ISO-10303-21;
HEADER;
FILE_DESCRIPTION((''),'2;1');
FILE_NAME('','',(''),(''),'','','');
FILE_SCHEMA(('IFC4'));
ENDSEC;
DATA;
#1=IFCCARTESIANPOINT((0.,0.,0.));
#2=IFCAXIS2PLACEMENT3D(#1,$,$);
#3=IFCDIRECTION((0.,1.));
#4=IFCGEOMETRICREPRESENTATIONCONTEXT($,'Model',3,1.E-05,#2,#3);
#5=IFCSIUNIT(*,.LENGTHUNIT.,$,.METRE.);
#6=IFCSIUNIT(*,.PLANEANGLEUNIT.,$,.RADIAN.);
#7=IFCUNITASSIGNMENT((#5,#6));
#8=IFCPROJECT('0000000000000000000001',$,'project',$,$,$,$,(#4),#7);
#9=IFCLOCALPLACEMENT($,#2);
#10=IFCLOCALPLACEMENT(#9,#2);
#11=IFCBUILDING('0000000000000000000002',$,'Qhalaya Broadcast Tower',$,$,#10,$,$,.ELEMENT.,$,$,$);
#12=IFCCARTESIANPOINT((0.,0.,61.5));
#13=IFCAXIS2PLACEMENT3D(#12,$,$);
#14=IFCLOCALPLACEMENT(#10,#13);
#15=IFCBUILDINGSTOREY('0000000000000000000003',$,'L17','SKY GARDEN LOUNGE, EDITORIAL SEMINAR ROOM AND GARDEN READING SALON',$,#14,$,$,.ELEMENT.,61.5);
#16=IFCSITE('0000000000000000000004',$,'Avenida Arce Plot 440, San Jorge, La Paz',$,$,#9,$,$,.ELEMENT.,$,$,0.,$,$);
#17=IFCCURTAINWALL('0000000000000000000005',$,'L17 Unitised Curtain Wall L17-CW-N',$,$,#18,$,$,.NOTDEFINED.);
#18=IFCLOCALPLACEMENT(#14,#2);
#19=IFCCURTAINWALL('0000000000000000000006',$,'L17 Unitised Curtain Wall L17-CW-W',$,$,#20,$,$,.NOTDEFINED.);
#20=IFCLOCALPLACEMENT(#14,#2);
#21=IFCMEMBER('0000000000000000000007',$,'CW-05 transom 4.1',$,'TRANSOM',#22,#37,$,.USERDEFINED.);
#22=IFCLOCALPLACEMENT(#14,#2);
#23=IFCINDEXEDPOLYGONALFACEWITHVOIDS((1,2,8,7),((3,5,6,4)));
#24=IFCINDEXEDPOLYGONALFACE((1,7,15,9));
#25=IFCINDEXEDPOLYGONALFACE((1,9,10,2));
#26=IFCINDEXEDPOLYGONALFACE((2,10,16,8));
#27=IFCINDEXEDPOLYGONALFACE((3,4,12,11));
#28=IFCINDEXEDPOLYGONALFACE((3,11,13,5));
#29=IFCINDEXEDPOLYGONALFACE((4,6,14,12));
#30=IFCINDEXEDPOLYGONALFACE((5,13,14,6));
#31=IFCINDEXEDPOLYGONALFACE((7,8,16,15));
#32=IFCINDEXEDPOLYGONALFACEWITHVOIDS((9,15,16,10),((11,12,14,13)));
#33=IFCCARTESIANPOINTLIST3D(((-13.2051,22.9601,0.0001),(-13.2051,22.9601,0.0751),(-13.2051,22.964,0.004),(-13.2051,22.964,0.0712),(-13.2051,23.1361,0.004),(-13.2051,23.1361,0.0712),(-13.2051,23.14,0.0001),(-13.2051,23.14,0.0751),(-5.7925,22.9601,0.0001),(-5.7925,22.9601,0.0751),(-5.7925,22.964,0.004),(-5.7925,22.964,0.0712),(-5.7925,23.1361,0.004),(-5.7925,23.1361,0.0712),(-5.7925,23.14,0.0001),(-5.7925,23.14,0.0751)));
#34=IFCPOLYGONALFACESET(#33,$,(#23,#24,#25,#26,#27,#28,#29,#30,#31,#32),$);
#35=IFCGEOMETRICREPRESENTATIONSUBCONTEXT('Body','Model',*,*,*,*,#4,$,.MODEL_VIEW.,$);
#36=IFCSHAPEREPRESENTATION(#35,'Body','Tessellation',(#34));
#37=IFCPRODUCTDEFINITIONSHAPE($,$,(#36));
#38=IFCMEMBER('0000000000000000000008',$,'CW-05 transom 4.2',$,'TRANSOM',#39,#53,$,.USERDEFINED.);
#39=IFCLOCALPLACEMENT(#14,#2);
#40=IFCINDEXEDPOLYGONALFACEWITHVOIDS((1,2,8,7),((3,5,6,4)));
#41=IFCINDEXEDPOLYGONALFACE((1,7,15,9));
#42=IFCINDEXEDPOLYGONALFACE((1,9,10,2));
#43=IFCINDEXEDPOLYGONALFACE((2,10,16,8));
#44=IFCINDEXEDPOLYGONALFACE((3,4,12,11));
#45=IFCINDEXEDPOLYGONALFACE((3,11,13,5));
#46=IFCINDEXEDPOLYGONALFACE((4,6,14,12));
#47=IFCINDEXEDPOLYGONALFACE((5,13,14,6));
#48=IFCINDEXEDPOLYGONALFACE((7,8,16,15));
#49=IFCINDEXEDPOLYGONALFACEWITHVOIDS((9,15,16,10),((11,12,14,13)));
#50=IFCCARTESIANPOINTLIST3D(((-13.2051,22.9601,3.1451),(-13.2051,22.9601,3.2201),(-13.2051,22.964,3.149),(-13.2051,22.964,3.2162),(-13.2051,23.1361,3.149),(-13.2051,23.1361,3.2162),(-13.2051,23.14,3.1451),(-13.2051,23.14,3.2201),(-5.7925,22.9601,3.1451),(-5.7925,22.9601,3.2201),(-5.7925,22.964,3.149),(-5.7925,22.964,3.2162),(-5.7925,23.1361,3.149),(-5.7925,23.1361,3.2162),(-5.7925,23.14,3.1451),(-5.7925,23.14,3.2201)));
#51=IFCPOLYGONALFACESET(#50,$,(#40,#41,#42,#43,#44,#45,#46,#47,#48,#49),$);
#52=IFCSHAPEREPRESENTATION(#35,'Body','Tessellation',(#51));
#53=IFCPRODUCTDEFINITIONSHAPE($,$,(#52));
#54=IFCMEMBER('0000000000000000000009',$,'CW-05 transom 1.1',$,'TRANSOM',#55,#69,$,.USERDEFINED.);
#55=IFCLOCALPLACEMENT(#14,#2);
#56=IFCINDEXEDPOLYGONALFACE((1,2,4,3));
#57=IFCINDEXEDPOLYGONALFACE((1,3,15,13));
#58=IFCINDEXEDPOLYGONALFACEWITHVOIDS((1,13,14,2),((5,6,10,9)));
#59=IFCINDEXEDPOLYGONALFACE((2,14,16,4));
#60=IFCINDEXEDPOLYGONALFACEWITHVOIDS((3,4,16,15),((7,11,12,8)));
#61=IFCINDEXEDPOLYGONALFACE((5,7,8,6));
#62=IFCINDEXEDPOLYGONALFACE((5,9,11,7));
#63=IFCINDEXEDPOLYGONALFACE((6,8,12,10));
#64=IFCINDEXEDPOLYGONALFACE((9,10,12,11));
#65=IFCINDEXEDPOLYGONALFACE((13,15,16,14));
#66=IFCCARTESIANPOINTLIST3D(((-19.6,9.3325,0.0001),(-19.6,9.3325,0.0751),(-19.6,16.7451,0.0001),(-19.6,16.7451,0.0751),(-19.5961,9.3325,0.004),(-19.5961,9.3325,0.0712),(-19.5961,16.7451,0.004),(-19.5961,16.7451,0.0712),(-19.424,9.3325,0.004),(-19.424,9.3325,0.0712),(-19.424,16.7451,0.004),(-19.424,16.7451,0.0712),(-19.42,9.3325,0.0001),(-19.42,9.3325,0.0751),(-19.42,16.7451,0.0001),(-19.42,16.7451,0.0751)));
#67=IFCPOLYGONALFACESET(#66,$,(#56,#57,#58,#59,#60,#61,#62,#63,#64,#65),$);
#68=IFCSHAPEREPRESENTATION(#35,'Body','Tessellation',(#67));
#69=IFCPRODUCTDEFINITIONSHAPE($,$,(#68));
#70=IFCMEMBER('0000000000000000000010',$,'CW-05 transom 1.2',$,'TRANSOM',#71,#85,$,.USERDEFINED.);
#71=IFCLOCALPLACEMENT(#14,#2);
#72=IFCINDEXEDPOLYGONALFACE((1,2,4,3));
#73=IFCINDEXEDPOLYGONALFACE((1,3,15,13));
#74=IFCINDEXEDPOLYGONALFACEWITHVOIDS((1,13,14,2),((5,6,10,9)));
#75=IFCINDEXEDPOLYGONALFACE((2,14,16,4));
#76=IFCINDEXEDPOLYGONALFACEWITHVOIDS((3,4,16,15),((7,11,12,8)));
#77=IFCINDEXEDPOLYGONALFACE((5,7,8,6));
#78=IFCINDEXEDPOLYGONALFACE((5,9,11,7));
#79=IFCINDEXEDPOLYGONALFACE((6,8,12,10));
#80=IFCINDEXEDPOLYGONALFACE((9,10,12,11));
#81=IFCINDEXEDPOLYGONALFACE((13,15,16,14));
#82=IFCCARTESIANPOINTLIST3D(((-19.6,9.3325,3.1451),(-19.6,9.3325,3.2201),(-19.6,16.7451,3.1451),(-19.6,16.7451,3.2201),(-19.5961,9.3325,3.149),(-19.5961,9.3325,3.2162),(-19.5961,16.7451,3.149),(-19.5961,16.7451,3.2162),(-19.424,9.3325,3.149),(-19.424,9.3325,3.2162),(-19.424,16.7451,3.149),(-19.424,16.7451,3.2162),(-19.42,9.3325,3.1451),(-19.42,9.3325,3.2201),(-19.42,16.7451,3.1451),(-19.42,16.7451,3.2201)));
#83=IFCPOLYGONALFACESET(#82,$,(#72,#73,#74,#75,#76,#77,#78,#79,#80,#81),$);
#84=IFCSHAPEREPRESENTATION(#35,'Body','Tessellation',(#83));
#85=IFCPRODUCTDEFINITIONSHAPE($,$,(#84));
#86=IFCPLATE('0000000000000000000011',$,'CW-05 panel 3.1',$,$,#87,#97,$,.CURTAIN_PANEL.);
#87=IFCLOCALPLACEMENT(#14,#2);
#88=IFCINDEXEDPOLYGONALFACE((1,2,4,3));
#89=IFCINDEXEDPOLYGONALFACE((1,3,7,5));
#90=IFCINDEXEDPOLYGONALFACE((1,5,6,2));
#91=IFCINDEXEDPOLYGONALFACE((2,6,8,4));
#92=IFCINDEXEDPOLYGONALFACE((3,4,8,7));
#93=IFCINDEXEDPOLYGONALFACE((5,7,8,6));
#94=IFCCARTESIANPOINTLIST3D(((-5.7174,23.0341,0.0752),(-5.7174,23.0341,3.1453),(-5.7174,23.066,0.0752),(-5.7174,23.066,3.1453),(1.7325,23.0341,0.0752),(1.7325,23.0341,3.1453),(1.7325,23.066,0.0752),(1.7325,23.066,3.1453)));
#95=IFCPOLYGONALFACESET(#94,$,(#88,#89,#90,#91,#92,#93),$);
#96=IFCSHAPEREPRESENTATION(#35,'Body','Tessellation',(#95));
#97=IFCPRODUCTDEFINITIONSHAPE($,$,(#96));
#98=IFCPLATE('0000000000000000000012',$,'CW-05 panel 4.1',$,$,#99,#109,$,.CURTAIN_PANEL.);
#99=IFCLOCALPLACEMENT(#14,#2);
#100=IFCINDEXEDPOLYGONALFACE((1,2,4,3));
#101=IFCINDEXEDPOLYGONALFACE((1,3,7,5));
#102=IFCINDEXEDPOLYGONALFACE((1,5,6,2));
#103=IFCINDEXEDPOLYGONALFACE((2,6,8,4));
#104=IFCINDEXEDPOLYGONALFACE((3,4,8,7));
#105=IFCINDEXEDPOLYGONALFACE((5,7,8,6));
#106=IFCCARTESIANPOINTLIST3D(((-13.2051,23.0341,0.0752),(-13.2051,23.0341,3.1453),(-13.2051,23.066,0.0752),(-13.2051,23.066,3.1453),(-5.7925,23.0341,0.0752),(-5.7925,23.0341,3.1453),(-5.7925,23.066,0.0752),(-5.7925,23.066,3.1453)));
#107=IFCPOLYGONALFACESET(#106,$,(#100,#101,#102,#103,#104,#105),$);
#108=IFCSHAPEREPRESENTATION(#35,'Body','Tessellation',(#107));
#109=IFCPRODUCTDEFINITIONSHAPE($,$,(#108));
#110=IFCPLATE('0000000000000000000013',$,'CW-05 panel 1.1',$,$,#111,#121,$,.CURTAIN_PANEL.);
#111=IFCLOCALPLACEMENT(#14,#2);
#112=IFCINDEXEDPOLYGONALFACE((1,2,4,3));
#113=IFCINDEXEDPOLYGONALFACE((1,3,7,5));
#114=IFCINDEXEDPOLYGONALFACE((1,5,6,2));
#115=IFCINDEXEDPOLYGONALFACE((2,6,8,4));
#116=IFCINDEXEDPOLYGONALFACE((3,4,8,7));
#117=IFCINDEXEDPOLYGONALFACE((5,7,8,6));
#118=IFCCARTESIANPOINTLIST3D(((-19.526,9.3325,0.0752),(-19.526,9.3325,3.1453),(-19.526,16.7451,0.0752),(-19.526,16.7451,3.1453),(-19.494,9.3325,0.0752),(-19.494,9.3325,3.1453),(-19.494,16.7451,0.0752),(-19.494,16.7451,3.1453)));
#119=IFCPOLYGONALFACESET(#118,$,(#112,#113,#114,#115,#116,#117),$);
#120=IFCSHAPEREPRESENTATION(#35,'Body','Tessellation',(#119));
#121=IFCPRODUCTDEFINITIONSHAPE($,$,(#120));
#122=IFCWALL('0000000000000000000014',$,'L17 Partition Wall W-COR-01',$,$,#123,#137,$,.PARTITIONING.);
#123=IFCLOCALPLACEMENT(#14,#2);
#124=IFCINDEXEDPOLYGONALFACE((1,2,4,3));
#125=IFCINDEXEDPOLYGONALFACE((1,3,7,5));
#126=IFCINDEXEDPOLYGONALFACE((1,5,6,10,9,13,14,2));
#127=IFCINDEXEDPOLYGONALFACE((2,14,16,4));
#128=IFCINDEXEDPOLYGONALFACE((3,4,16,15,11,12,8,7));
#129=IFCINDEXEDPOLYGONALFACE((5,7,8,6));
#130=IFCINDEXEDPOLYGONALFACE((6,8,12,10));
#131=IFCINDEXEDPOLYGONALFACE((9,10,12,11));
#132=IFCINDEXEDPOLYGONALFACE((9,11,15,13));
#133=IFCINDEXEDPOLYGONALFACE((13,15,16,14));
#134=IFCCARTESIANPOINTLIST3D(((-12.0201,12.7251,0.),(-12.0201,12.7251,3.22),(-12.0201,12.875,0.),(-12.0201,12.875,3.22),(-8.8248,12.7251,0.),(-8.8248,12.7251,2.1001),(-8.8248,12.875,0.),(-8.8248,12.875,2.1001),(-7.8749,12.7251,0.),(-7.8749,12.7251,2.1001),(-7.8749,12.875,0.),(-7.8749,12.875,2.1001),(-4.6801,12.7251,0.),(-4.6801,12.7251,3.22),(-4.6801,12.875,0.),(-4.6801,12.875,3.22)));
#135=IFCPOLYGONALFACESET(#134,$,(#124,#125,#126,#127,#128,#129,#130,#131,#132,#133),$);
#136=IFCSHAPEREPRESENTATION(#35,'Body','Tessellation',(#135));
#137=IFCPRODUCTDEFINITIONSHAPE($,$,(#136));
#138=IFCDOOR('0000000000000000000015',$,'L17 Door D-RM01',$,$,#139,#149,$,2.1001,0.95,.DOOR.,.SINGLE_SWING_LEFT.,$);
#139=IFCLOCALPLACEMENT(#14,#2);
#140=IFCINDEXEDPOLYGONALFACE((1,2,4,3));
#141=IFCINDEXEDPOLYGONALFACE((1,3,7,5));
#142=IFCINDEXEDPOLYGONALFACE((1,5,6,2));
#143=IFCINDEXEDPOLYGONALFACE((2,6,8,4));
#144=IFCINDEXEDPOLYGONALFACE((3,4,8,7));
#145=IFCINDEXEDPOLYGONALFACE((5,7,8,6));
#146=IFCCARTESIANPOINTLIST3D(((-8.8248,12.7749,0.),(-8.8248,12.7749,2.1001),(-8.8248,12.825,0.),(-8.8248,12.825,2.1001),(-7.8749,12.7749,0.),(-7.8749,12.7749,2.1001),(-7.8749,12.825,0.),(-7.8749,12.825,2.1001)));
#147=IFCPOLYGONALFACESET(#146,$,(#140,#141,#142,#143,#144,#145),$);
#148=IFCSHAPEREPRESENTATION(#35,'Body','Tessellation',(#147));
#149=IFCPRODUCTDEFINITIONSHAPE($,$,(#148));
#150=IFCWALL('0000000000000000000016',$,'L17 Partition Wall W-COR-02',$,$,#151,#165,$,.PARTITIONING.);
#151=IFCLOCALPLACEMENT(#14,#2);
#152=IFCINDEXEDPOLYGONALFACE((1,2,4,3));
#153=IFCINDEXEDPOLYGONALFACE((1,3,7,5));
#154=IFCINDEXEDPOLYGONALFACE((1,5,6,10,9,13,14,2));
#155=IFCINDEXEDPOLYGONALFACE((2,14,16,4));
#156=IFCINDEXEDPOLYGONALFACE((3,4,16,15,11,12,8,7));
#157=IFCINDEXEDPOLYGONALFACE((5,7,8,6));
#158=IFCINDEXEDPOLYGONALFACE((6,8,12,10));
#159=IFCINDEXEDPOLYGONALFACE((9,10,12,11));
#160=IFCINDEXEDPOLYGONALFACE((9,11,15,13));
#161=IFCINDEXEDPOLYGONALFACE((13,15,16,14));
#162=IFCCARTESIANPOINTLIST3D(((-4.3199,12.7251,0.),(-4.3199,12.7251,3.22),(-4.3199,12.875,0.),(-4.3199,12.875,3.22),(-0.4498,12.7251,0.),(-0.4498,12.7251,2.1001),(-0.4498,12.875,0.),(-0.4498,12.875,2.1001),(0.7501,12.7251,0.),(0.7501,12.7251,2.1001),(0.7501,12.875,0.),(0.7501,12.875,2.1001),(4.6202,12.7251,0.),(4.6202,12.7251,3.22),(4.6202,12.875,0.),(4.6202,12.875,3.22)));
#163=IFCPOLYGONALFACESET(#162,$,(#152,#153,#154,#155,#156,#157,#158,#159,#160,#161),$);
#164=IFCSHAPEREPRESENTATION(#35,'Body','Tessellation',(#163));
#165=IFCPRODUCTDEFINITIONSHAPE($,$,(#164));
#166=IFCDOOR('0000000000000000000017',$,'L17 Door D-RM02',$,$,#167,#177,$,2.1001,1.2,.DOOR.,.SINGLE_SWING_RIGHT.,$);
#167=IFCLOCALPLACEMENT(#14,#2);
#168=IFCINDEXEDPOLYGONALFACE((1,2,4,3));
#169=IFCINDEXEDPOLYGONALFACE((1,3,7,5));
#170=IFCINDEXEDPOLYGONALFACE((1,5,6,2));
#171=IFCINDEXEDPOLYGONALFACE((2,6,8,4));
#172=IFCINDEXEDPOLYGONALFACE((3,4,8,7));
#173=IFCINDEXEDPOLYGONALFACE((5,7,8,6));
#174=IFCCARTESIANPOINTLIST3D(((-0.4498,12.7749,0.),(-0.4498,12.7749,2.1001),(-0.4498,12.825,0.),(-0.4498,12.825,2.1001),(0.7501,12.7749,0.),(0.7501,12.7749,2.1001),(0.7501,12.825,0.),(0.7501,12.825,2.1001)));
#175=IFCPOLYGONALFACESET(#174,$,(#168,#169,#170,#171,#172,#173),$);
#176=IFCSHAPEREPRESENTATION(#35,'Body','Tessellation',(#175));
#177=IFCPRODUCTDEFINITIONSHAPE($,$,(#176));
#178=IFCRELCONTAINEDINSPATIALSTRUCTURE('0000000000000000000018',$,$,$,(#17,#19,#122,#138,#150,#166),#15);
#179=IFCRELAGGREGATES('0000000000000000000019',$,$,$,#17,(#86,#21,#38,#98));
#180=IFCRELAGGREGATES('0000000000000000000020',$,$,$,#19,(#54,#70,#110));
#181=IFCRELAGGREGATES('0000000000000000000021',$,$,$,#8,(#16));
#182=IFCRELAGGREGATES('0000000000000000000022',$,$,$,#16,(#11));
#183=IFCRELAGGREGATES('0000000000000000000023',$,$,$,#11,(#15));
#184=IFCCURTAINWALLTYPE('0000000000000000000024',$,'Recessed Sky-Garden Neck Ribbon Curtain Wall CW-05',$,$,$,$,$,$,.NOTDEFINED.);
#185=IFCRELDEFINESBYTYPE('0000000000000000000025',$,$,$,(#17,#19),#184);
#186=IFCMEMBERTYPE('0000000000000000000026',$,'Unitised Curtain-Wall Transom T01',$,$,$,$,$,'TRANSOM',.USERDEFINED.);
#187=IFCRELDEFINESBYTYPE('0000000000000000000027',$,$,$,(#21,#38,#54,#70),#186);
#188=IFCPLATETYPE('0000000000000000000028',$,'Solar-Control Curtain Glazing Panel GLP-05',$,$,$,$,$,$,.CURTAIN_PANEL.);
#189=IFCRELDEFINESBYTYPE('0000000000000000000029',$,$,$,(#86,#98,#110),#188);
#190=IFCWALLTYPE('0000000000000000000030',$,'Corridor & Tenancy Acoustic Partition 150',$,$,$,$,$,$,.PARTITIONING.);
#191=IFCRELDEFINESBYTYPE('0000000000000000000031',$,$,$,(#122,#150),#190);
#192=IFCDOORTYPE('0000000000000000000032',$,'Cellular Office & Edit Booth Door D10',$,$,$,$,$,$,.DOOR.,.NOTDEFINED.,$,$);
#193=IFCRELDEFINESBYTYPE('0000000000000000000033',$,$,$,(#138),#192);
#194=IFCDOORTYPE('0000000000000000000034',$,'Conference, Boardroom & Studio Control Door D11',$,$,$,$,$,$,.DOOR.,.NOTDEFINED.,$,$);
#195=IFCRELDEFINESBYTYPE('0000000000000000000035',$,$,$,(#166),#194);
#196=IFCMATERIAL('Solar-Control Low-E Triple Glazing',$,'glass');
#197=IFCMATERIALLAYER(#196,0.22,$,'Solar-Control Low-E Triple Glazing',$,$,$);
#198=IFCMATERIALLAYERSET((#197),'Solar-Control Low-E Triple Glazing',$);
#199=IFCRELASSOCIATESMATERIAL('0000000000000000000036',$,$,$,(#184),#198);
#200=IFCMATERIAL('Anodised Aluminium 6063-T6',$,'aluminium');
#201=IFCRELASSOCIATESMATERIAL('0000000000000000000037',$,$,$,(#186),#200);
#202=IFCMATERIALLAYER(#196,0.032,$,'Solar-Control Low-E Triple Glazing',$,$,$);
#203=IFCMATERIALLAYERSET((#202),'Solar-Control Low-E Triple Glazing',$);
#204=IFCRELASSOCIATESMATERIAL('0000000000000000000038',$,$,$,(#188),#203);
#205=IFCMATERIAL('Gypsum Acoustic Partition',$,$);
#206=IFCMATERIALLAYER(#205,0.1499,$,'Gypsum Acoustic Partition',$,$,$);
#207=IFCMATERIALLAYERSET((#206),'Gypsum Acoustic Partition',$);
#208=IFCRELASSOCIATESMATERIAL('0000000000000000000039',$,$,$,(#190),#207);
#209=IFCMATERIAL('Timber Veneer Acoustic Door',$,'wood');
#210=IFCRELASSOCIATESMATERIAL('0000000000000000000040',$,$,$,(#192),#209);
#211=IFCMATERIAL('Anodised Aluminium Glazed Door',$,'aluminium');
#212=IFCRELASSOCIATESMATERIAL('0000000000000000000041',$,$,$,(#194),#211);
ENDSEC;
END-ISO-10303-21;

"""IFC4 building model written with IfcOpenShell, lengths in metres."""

from ifc_helpers import new_model, si_unit, direction, frame, frame_2d, origin, origin_2d, place, context, subcontext, project, spatial, rectangle, hollow_rectangle, extrude, material, layer, layer_set, material_profile, profile_set, type_object, element, fill, aggregate, save


model = new_model("IFC4")

# Units and contexts
model_context = context("Model", 3, precision=1e-05, world=origin(), true_north=direction((0.0, 1.0)))
body_context = subcontext(model_context, "Body", "Model", "MODEL_VIEW")
ifc_project = project(units=[si_unit("LENGTHUNIT", "METRE"), si_unit("PLANEANGLEUNIT", "RADIAN")], contexts=[model_context])

# Site, building, storey
site_placement = place(None, origin())
site = spatial("IfcSite", under=ifc_project, at=site_placement, Name="Avenida Arce Plot 440, San Jorge, La Paz", CompositionType="ELEMENT", RefElevation=0.0)
building_placement = place(site_placement, origin())
building = spatial("IfcBuilding", under=site, at=building_placement, Name="Qhalaya Broadcast Tower", CompositionType="ELEMENT")
storey_placement = place(building_placement, frame((0.0, 0.0, 61.5)))
storey = spatial("IfcBuildingStorey", under=building, at=storey_placement, Name="L17", Description="SKY GARDEN LOUNGE, EDITORIAL SEMINAR ROOM AND GARDEN READING SALON", CompositionType="ELEMENT", Elevation=61.5)

# Curtain wall
ifc_material_1 = material(Name="Solar-Control Low-E Triple Glazing", Category="glass")
ifc_layer_1 = layer(ifc_material_1, 0.22, Name="Solar-Control Low-E Triple Glazing")
ifc_layer_set_1 = layer_set([ifc_layer_1], Name="Solar-Control Low-E Triple Glazing")
curtain_wall_type = type_object("IfcCurtainWallType", Name="Recessed Sky-Garden Neck Ribbon Curtain Wall CW-05", PredefinedType="NOTDEFINED", material=ifc_layer_set_1)
curtain_wall_1_placement = place(storey_placement, origin())
curtain_wall_1 = element("IfcCurtainWall", 1, at=curtain_wall_1_placement, inside=storey, type_object=curtain_wall_type, Name="L17 Unitised Curtain Wall L17-CW-N", PredefinedType="NOTDEFINED")
ifc_material_2 = material(Name="Anodised Aluminium 6063-T6", Category="aluminium")

# Curtain wall
curtain_wall_2_placement = place(storey_placement, origin())
curtain_wall_2 = element("IfcCurtainWall", 2, at=curtain_wall_2_placement, inside=storey, type_object=curtain_wall_type, Name="L17 Unitised Curtain Wall L17-CW-W", PredefinedType="NOTDEFINED")

# Members
ifc_material_profile_1 = material_profile(ifc_material_2, hollow_rectangle(XDim=0.075, YDim=0.1799, WallThickness=0.0039, at=origin_2d()), Name="ALU-TRN 75x180x4")
ifc_profile_set_1 = profile_set([ifc_material_profile_1], Name="Anodised Aluminium 6063-T6")
member_type_1 = type_object("IfcMemberType", Name="Unitised Curtain-Wall Transom T01", ElementType="TRANSOM", PredefinedType="USERDEFINED", material=ifc_profile_set_1)
member_1_placement = place(storey_placement, frame((-5.7925, 23.05, 0.0376), z_axis=(-1.0, 0.0, 0.0), x_axis=(0.0, 0.0, 1.0)))
member_1 = element("IfcMember", 3, at=member_1_placement, type_object=member_type_1, Name="CW-05 transom 4.1", ObjectType="TRANSOM", PredefinedType="USERDEFINED", context=body_context, shape_type="SweptSolid", body=[
    extrude(hollow_rectangle(XDim=0.075, YDim=0.1799, WallThickness=0.0039, at=origin_2d()), origin(), (0.0, 0.0, 1.0), 7.4126),
])
member_2_placement = place(storey_placement, frame((-5.7925, 23.05, 3.1826), z_axis=(-1.0, 0.0, 0.0), x_axis=(0.0, 0.0, 1.0)))
member_2 = element("IfcMember", 4, at=member_2_placement, type_object=member_type_1, Name="CW-05 transom 4.2", ObjectType="TRANSOM", PredefinedType="USERDEFINED", context=body_context, shape_type="SweptSolid", body=[
    extrude(hollow_rectangle(XDim=0.075, YDim=0.1799, WallThickness=0.0039, at=origin_2d()), origin(), (0.0, 0.0, 1.0), 7.4126),
])
member_3_placement = place(storey_placement, frame((-19.51, 16.7451, 0.0376), z_axis=(0.0, -1.0, 0.0), x_axis=(0.0, 0.0, 1.0)))
member_3 = element("IfcMember", 5, at=member_3_placement, type_object=member_type_1, Name="CW-05 transom 1.1", ObjectType="TRANSOM", PredefinedType="USERDEFINED", context=body_context, shape_type="SweptSolid", body=[
    extrude(hollow_rectangle(XDim=0.075, YDim=0.1799, WallThickness=0.0039, at=origin_2d()), origin(), (0.0, 0.0, 1.0), 7.4126),
])
member_4_placement = place(storey_placement, frame((-19.51, 16.7451, 3.1826), z_axis=(0.0, -1.0, 0.0), x_axis=(0.0, 0.0, 1.0)))
member_4 = element("IfcMember", 6, at=member_4_placement, type_object=member_type_1, Name="CW-05 transom 1.2", ObjectType="TRANSOM", PredefinedType="USERDEFINED", context=body_context, shape_type="SweptSolid", body=[
    extrude(hollow_rectangle(XDim=0.075, YDim=0.1799, WallThickness=0.0039, at=origin_2d()), origin(), (0.0, 0.0, 1.0), 7.4126),
])

# Plates
ifc_layer_2 = layer(ifc_material_1, 0.032, Name="Solar-Control Low-E Triple Glazing")
ifc_layer_set_2 = layer_set([ifc_layer_2], Name="Solar-Control Low-E Triple Glazing")
plate_type = type_object("IfcPlateType", Name="Solar-Control Curtain Glazing Panel GLP-05", PredefinedType="CURTAIN_PANEL", material=ifc_layer_set_2)
plate_1_placement = place(storey_placement, frame((-1.9924, 23.05, 0.0752), z_axis=(0.0, 0.0, 1.0), x_axis=(-1.0, 0.0, 0.0)))
plate_1 = element("IfcPlate", 7, at=plate_1_placement, type_object=plate_type, Name="CW-05 panel 3.1", PredefinedType="CURTAIN_PANEL", context=body_context, shape_type="SweptSolid", body=[
    extrude(rectangle(XDim=7.45, YDim=0.032, at=origin_2d()), origin(), (0.0, 0.0, 1.0), 3.0701),
])
plate_2_placement = place(storey_placement, frame((-9.4988, 23.05, 0.0752), z_axis=(0.0, 0.0, 1.0), x_axis=(-1.0, 0.0, 0.0)))
plate_2 = element("IfcPlate", 8, at=plate_2_placement, type_object=plate_type, Name="CW-05 panel 4.1", PredefinedType="CURTAIN_PANEL", context=body_context, shape_type="SweptSolid", body=[
    extrude(rectangle(XDim=7.4126, YDim=0.032, at=origin_2d()), origin(), (0.0, 0.0, 1.0), 3.0701),
])
aggregate(curtain_wall_1, [plate_1, member_1, member_2, plate_2])
plate_3_placement = place(storey_placement, frame((-19.51, 13.0388, 0.0752), z_axis=(0.0, 0.0, 1.0), x_axis=(0.0, -1.0, 0.0)))
plate_3 = element("IfcPlate", 9, at=plate_3_placement, type_object=plate_type, Name="CW-05 panel 1.1", PredefinedType="CURTAIN_PANEL", context=body_context, shape_type="SweptSolid", body=[
    extrude(rectangle(XDim=7.4126, YDim=0.032, at=origin_2d()), origin(), (0.0, 0.0, 1.0), 3.0701),
])
aggregate(curtain_wall_2, [member_3, member_4, plate_3])

# Walls, openings, doors
ifc_material_3 = material(Name="Gypsum Acoustic Partition")
ifc_layer_3 = layer(ifc_material_3, 0.1499, Name="Gypsum Acoustic Partition")
ifc_layer_set_3 = layer_set([ifc_layer_3], Name="Gypsum Acoustic Partition")
wall_type_1 = type_object("IfcWallType", Name="Corridor & Tenancy Acoustic Partition 150", PredefinedType="PARTITIONING", material=ifc_layer_set_3)
wall_1_placement = place(storey_placement, frame((-12.02, 12.8, 0.0), z_axis=(0.0, 0.0, 1.0), x_axis=(1.0, 0.0, 0.0)))
wall_1 = element("IfcWall", 10, at=wall_1_placement, inside=storey, type_object=wall_type_1, Name="L17 Partition Wall W-COR-01", PredefinedType="PARTITIONING", context=body_context, shape_type="SweptSolid", body=[
    extrude(rectangle(XDim=7.3401, YDim=0.1499, at=frame_2d((3.6699, 0.0))), origin(), (0.0, 0.0, 1.0), 3.22),
])
opening_1_placement = place(wall_1_placement, frame((3.1951, 0.0, 0.0)))
opening_1 = element("IfcOpeningElement", 11, at=opening_1_placement, cuts=wall_1, PredefinedType="OPENING", context=body_context, shape_type="SweptSolid", body=[
    extrude(rectangle(XDim=0.95, YDim=2.1001, at=frame_2d((0.4751, 1.05))), frame((0.0, 0.0869, 0.0), z_axis=(0.0, -1.0, 0.0), x_axis=(1.0, 0.0, 0.0)), (0.0, 0.0, 1.0), 0.1738),
])
ifc_material_4 = material(Name="Timber Veneer Acoustic Door", Category="wood")
door_type_1 = type_object("IfcDoorType", Name="Cellular Office & Edit Booth Door D10", OperationType="NOTDEFINED", PredefinedType="DOOR", material=ifc_material_4)
door_1_placement = place(opening_1_placement, origin())
door_1 = element("IfcDoor", 12, at=door_1_placement, inside=storey, type_object=door_type_1, Name="L17 Door D-RM01", OperationType="SINGLE_SWING_LEFT", OverallHeight=2.1001, OverallWidth=0.95, PredefinedType="DOOR", context=body_context, shape_type="SweptSolid", body=[
    extrude(rectangle(XDim=0.95, YDim=2.1001, at=frame_2d((0.4751, 1.05))), frame((0.0, 0.0249, 0.0), z_axis=(0.0, -1.0, 0.0), x_axis=(1.0, 0.0, 0.0)), (0.0, 0.0, 1.0), 0.05),
])
fill(opening_1, door_1)
wall_2_placement = place(storey_placement, frame((-4.3201, 12.8, 0.0), z_axis=(0.0, 0.0, 1.0), x_axis=(1.0, 0.0, 0.0)))
wall_2 = element("IfcWall", 13, at=wall_2_placement, inside=storey, type_object=wall_type_1, Name="L17 Partition Wall W-COR-02", PredefinedType="PARTITIONING", context=body_context, shape_type="SweptSolid", body=[
    extrude(rectangle(XDim=8.9402, YDim=0.1499, at=frame_2d((4.4702, 0.0))), origin(), (0.0, 0.0, 1.0), 3.22),
])
opening_2_placement = place(wall_2_placement, frame((3.8701, 0.0, 0.0)))
opening_2 = element("IfcOpeningElement", 14, at=opening_2_placement, cuts=wall_2, PredefinedType="OPENING", context=body_context, shape_type="SweptSolid", body=[
    extrude(rectangle(XDim=1.2, YDim=2.1001, at=frame_2d((0.6001, 1.05))), frame((0.0, 0.0869, 0.0), z_axis=(0.0, -1.0, 0.0), x_axis=(1.0, 0.0, 0.0)), (0.0, 0.0, 1.0), 0.1738),
])
ifc_material_5 = material(Name="Anodised Aluminium Glazed Door", Category="aluminium")
door_type_2 = type_object("IfcDoorType", Name="Conference, Boardroom & Studio Control Door D11", OperationType="NOTDEFINED", PredefinedType="DOOR", material=ifc_material_5)
door_2_placement = place(opening_2_placement, origin())
door_2 = element("IfcDoor", 15, at=door_2_placement, inside=storey, type_object=door_type_2, Name="L17 Door D-RM02", OperationType="SINGLE_SWING_RIGHT", OverallHeight=2.1001, OverallWidth=1.2, PredefinedType="DOOR", context=body_context, shape_type="SweptSolid", body=[
    extrude(rectangle(XDim=1.2, YDim=2.1001, at=frame_2d((0.6001, 1.05))), frame((0.0, 0.0249, 0.0), z_axis=(0.0, -1.0, 0.0), x_axis=(1.0, 0.0, 0.0)), (0.0, 0.0, 1.0), 0.05),
])
fill(opening_2, door_2)

save(model, "model.ifc")
